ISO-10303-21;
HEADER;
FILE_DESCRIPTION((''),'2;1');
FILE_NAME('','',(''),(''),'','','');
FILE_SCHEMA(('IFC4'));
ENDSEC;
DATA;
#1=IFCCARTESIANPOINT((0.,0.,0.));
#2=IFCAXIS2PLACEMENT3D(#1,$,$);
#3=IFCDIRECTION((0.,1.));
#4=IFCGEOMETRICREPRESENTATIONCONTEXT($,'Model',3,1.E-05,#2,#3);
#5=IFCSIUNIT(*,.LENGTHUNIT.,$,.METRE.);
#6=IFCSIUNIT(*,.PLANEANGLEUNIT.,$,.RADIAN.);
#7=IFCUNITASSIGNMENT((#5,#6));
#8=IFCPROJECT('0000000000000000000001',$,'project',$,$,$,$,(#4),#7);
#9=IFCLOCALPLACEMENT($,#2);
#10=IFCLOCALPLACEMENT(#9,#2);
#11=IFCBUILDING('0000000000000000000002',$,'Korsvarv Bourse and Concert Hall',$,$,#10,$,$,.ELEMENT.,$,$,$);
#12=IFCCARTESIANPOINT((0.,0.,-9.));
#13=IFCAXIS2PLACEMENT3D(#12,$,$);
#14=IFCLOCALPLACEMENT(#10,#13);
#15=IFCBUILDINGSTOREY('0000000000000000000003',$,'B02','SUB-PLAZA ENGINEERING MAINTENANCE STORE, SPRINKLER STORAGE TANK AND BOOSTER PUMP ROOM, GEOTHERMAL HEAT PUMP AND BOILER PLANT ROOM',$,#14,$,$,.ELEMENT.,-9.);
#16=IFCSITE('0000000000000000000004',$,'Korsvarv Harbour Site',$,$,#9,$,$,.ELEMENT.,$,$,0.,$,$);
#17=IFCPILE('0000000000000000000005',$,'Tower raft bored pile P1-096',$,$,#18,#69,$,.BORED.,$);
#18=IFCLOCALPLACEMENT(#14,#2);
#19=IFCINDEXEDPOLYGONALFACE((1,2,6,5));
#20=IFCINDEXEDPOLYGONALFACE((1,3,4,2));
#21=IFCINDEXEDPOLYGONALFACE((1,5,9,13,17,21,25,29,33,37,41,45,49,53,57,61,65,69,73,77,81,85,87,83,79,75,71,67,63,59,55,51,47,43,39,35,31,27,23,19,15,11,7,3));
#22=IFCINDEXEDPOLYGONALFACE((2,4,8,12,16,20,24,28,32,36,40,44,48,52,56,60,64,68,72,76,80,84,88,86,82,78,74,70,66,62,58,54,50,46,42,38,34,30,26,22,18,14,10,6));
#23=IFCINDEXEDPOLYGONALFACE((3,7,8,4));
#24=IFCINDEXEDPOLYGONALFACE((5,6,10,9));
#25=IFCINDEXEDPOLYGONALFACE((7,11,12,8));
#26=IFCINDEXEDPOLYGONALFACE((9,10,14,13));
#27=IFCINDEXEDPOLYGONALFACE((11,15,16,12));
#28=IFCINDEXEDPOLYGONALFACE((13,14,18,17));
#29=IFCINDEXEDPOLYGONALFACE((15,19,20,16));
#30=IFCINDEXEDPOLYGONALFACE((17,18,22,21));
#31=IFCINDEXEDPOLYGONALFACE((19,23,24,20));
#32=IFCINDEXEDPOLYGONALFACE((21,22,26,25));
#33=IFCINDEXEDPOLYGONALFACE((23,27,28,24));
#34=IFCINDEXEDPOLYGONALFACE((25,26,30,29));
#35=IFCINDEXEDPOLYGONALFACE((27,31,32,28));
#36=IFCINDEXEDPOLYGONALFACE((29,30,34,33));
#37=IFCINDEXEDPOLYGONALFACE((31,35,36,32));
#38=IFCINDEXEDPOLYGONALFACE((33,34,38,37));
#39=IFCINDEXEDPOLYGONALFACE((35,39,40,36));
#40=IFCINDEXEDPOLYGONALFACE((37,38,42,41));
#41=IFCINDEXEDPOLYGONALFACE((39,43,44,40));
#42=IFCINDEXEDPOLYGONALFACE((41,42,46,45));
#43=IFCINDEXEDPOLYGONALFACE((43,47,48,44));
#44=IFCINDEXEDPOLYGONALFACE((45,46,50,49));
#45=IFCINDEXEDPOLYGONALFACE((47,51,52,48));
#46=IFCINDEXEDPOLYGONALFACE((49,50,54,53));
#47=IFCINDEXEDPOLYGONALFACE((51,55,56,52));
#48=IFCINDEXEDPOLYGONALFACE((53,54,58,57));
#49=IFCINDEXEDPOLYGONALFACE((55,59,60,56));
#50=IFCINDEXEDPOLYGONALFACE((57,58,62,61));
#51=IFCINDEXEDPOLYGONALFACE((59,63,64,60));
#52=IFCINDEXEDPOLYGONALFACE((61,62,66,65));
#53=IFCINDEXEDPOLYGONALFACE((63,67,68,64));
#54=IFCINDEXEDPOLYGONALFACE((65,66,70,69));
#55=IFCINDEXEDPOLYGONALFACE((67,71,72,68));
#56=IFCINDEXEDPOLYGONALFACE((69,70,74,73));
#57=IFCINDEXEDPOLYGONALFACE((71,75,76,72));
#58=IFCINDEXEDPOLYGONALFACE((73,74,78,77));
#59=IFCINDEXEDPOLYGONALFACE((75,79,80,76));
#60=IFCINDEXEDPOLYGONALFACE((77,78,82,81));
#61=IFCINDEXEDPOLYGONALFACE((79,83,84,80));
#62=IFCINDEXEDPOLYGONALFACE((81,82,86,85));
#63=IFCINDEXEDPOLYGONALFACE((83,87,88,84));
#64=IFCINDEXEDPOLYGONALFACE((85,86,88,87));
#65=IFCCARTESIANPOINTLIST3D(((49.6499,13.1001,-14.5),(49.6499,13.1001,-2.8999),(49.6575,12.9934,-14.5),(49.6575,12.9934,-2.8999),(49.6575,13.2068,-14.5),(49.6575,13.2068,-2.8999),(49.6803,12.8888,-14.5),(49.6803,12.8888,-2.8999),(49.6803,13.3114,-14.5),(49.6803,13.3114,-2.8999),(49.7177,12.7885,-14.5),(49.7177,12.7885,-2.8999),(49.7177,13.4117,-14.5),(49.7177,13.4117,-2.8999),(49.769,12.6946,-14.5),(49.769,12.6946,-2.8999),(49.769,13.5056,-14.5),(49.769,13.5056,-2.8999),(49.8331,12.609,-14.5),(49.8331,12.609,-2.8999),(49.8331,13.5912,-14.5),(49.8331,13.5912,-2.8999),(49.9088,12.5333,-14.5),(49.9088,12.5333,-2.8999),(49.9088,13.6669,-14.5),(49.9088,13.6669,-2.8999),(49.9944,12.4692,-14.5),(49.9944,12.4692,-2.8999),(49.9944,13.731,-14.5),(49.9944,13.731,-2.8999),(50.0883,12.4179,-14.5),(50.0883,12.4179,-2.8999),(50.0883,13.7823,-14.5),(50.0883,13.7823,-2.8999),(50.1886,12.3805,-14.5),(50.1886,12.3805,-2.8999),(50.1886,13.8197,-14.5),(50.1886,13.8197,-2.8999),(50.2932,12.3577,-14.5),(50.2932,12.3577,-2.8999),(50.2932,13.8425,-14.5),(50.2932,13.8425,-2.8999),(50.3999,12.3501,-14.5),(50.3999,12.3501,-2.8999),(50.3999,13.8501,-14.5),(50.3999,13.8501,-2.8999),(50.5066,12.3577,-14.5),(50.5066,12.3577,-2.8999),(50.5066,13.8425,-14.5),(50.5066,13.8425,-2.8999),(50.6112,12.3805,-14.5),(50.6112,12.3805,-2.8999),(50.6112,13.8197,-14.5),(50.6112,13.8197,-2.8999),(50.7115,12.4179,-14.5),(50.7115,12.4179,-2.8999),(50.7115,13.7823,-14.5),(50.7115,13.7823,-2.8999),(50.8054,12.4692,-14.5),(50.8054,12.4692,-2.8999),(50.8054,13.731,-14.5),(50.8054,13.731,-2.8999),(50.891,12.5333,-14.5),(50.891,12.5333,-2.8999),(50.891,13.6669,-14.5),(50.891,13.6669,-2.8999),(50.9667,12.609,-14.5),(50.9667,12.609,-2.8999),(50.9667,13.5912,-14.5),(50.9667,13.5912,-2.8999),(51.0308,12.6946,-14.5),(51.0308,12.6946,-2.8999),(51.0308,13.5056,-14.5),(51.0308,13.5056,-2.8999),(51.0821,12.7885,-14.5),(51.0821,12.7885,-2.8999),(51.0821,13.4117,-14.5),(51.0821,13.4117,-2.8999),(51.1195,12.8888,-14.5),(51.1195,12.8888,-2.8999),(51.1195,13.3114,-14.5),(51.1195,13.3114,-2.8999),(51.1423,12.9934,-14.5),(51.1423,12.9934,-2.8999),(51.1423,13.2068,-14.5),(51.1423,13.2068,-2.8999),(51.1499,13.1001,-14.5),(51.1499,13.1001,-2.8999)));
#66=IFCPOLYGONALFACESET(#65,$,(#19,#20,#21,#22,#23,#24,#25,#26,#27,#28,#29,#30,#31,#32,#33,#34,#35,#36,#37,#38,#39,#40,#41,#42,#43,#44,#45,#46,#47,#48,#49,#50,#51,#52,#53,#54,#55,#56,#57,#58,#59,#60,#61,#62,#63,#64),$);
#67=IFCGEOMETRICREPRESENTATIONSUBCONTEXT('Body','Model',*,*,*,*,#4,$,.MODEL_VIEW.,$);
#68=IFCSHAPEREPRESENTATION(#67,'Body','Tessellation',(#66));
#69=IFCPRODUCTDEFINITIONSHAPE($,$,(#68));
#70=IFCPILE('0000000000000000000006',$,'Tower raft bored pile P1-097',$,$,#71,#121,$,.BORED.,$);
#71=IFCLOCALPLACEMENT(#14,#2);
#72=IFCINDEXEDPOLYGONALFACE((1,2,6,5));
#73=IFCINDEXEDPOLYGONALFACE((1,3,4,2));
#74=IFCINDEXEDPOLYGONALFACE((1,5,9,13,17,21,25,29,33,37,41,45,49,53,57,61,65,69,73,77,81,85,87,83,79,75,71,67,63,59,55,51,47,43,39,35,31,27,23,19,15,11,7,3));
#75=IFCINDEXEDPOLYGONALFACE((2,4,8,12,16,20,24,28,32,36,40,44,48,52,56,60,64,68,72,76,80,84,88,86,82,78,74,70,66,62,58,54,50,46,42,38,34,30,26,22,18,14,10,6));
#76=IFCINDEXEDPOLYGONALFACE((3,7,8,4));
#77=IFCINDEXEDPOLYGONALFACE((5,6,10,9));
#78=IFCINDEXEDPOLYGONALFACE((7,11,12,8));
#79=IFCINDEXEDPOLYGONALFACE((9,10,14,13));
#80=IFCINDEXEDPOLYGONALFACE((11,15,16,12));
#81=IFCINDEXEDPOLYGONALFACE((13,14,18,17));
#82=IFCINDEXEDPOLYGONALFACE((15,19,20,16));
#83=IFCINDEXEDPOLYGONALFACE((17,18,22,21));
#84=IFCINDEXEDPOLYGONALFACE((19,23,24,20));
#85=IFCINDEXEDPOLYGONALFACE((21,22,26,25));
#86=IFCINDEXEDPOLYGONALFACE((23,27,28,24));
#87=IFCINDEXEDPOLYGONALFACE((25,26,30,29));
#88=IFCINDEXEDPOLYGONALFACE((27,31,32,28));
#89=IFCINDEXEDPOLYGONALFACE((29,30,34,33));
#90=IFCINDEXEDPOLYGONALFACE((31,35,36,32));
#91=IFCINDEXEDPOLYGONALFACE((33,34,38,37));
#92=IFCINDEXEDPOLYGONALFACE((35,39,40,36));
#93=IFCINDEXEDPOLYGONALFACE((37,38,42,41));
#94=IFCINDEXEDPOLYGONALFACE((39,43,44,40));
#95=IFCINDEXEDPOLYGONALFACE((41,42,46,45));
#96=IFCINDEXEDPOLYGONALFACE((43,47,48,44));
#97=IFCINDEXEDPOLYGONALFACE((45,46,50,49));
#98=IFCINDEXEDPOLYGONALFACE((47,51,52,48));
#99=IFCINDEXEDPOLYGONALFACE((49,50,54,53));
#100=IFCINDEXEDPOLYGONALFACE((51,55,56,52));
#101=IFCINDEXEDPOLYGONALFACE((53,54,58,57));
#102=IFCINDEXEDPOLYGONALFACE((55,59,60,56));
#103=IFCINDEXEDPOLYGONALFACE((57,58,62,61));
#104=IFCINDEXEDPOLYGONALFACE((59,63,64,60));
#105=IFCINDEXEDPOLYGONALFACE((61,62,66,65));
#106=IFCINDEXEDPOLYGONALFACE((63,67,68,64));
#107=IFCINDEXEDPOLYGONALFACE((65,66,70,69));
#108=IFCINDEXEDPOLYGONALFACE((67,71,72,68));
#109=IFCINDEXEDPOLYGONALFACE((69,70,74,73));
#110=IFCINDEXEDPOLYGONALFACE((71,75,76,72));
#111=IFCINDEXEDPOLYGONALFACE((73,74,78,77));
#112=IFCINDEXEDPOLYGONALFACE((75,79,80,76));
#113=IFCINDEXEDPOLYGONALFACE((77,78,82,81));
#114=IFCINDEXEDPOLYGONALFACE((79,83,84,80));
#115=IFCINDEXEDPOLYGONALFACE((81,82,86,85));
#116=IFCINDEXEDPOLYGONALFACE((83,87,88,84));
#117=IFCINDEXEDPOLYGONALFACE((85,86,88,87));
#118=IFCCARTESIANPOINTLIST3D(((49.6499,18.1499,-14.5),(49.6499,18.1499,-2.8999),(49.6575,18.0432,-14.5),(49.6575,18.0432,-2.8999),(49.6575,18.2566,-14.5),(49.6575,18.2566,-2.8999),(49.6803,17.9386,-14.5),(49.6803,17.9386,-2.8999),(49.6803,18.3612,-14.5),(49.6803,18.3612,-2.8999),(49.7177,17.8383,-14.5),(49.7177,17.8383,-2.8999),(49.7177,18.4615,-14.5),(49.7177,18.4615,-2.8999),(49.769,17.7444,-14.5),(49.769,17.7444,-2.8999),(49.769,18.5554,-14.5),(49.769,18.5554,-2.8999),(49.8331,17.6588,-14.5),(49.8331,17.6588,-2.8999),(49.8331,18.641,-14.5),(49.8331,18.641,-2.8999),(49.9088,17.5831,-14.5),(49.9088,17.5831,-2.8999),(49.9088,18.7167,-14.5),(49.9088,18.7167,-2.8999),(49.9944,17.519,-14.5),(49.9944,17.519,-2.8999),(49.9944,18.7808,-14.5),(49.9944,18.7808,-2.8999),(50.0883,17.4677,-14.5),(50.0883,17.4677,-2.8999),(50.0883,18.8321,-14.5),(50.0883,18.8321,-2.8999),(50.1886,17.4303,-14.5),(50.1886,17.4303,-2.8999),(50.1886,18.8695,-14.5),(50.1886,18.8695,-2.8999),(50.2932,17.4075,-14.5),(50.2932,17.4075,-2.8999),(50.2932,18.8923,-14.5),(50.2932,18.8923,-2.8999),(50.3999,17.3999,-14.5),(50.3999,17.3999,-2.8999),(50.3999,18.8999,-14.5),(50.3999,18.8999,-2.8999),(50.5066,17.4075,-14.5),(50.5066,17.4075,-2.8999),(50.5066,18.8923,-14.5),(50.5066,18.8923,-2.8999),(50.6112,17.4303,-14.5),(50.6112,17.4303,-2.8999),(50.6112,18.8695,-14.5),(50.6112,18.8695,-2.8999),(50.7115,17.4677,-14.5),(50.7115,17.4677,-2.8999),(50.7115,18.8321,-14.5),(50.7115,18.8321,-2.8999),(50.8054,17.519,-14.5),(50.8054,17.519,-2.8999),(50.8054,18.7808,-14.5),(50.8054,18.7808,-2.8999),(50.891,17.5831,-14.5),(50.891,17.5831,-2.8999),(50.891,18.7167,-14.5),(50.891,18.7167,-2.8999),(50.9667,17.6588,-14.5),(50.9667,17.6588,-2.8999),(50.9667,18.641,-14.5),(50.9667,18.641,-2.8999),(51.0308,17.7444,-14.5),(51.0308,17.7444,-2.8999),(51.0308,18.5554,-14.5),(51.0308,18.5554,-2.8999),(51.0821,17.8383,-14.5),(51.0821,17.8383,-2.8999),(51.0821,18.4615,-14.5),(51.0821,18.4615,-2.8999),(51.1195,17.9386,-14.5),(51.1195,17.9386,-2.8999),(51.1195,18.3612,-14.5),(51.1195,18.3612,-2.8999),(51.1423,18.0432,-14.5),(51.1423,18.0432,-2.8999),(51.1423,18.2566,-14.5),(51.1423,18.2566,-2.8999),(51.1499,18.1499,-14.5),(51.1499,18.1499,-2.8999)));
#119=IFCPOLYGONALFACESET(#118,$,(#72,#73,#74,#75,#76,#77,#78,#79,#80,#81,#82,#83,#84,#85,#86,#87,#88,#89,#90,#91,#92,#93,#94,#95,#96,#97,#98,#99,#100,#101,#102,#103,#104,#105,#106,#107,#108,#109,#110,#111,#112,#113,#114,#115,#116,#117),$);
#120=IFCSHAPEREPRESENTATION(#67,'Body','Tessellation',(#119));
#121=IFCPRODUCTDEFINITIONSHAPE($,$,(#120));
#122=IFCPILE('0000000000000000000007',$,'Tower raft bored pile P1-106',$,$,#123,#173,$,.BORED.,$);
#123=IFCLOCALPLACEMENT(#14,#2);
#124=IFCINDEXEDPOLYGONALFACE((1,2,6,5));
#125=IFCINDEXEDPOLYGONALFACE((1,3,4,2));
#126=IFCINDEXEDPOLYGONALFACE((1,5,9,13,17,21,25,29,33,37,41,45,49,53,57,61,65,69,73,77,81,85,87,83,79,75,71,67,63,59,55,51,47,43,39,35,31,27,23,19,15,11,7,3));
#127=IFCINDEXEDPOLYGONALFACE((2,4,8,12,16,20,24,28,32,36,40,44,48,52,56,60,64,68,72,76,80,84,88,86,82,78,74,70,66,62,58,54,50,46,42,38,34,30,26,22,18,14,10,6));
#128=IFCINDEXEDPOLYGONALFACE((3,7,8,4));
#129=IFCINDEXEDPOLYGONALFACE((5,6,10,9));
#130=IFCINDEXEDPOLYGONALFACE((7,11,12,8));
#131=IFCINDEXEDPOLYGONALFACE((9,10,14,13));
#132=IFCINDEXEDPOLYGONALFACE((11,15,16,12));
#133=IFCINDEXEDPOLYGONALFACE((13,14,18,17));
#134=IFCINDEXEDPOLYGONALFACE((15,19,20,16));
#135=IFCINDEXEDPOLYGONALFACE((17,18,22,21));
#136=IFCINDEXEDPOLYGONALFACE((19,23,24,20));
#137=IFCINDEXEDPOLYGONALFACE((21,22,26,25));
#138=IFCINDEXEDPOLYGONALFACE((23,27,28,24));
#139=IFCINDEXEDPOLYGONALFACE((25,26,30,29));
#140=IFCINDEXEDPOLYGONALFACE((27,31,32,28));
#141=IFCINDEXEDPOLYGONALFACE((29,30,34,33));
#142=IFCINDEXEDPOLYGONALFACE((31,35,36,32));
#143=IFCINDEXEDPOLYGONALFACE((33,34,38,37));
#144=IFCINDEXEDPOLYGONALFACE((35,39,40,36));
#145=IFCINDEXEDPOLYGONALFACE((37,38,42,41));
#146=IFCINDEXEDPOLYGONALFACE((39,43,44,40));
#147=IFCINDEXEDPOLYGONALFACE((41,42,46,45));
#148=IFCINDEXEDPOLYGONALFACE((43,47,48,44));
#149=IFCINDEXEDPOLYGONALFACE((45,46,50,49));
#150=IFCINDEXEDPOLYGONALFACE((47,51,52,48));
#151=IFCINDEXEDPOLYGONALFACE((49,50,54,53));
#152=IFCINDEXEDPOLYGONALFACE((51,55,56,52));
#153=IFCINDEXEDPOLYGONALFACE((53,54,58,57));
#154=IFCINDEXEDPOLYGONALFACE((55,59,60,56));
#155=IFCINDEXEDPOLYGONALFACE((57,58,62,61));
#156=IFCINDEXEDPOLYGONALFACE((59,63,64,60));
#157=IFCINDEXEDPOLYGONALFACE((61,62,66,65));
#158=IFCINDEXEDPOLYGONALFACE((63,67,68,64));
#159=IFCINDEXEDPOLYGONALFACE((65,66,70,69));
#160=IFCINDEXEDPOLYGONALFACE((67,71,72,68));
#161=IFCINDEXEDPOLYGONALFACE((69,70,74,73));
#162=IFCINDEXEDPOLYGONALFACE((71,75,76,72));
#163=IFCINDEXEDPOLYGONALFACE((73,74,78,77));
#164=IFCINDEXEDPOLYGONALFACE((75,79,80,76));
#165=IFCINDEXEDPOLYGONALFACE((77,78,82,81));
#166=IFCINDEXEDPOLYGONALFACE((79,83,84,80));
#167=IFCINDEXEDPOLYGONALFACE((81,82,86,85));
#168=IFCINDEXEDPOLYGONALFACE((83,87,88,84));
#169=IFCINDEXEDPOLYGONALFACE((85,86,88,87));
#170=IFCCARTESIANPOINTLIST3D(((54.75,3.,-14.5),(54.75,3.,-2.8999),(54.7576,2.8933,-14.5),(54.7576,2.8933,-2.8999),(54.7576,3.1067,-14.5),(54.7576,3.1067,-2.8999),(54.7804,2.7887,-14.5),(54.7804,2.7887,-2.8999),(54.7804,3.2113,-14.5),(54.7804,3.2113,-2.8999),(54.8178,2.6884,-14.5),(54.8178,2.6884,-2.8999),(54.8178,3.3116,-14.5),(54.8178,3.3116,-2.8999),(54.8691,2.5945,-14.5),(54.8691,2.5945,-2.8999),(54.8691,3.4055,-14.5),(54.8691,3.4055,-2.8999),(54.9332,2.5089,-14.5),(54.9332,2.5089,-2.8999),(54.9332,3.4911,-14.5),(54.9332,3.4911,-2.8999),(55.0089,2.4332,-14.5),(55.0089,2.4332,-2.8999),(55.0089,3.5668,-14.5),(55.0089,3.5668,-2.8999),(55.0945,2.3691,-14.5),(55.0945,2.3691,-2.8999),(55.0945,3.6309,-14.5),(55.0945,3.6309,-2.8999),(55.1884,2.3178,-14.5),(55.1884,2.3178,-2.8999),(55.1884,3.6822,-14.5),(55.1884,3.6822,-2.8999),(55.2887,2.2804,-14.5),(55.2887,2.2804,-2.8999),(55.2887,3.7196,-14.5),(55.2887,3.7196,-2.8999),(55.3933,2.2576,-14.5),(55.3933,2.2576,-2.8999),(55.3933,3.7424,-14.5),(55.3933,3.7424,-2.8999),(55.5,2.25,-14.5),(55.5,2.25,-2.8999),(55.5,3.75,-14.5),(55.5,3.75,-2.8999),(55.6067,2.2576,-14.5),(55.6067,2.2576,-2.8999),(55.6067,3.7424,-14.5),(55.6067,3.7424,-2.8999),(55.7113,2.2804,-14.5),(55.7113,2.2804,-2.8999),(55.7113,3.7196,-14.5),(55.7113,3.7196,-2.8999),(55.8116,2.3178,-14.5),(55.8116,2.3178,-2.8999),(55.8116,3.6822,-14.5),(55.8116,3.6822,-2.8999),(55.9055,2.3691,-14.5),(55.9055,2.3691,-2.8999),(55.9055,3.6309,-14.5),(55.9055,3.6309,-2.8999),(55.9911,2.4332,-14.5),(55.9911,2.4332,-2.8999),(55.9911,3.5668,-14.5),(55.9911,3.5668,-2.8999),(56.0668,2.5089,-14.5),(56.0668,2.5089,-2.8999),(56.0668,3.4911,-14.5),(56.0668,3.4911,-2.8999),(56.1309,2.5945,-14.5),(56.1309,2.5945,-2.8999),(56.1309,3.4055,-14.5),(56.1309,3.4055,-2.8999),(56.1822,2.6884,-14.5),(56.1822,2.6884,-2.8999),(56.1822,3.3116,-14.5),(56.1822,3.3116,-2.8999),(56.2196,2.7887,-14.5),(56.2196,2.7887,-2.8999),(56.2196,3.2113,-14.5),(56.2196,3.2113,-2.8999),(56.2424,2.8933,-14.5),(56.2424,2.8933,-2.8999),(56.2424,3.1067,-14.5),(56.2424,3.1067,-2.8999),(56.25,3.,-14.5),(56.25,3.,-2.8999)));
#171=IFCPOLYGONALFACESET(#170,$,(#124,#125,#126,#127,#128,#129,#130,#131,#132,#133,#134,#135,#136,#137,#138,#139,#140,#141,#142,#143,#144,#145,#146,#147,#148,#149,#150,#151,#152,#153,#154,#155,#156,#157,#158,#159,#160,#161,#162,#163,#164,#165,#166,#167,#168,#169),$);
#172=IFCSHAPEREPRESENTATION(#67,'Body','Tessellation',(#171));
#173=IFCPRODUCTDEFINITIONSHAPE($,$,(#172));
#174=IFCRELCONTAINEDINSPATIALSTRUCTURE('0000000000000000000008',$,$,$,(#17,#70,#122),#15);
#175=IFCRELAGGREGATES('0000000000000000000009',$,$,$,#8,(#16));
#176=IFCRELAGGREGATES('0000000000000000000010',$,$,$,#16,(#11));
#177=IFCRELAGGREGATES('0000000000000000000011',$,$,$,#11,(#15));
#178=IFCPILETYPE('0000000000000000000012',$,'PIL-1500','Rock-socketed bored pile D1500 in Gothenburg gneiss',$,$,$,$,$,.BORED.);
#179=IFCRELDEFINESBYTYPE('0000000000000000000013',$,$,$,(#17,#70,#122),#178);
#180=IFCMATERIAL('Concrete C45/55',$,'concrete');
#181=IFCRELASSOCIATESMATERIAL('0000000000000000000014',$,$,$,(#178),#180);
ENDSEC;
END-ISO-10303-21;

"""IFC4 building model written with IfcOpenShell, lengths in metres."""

from ifc_helpers import new_model, si_unit, direction, frame, origin, origin_2d, place, context, subcontext, project, spatial, circle, extrude, source, transform, mapped, material, material_profile, profile_set, type_object, element, save


model = new_model("IFC4")

# Units and contexts
model_context = context("Model", 3, precision=1e-05, world=origin(), true_north=direction((0.0, 1.0)))
body_context = subcontext(model_context, "Body", "Model", "MODEL_VIEW")
ifc_project = project(units=[si_unit("LENGTHUNIT", "METRE"), si_unit("PLANEANGLEUNIT", "RADIAN")], contexts=[model_context])

# Site, building, storey
site_placement = place(None, origin())
site = spatial("IfcSite", under=ifc_project, at=site_placement, Name="Korsvarv Harbour Site", CompositionType="ELEMENT", RefElevation=0.0)
building_placement = place(site_placement, origin())
building = spatial("IfcBuilding", under=site, at=building_placement, Name="Korsvarv Bourse and Concert Hall", CompositionType="ELEMENT")
storey_placement = place(building_placement, frame((0.0, 0.0, -9.0)))
storey = spatial("IfcBuildingStorey", under=building, at=storey_placement, Name="B02", Description="SUB-PLAZA ENGINEERING MAINTENANCE STORE, SPRINKLER STORAGE TANK AND BOOSTER PUMP ROOM, GEOTHERMAL HEAT PUMP AND BOILER PLANT ROOM", CompositionType="ELEMENT", Elevation=-9.0)

# Piles
ifc_material_1 = material(Name="Concrete C45/55", Category="concrete")
ifc_material_profile_1 = material_profile(ifc_material_1, circle(Radius=0.75, at=origin_2d()), Name="PILE D1500")
ifc_profile_set_1 = profile_set([ifc_material_profile_1], Name="Concrete C45/55")
pile_type = type_object("IfcPileType", Name="PIL-1500", Description="Rock-socketed bored pile D1500 in Gothenburg gneiss", PredefinedType="BORED", material=ifc_profile_set_1)
shared_shape_1 = source(origin(), body_context, "Body", "SweptSolid", [
    extrude(circle(Radius=0.75, at=origin_2d()), origin(), (0.0, 0.0, 1.0), 11.6001),
])
for number, where, z_axis, x_axis, name in (
    (1, (50.3999, 13.1001, -2.8999), (0.0, 0.0, -1.0), (1.0, 0.0, 0.0), "Tower raft bored pile P1-096"),
    (2, (50.3999, 18.1499, -2.8999), (0.0, 0.0, -1.0), (1.0, 0.0, 0.0), "Tower raft bored pile P1-097"),
    (3, (55.5, 3.0, -2.8999), (0.0, 0.0, -1.0), (1.0, 0.0, 0.0), "Tower raft bored pile P1-106"),
):
    element("IfcPile", number, at=place(storey_placement, frame(where, z_axis=z_axis, x_axis=x_axis)), inside=storey, type_object=pile_type, Name=name, PredefinedType="BORED", context=body_context, shape_type="MappedRepresentation", body=[
        mapped(shared_shape_1, transform((0.0, 0.0, 0.0), scale=1.0)),
    ])

save(model, "model.ifc")
